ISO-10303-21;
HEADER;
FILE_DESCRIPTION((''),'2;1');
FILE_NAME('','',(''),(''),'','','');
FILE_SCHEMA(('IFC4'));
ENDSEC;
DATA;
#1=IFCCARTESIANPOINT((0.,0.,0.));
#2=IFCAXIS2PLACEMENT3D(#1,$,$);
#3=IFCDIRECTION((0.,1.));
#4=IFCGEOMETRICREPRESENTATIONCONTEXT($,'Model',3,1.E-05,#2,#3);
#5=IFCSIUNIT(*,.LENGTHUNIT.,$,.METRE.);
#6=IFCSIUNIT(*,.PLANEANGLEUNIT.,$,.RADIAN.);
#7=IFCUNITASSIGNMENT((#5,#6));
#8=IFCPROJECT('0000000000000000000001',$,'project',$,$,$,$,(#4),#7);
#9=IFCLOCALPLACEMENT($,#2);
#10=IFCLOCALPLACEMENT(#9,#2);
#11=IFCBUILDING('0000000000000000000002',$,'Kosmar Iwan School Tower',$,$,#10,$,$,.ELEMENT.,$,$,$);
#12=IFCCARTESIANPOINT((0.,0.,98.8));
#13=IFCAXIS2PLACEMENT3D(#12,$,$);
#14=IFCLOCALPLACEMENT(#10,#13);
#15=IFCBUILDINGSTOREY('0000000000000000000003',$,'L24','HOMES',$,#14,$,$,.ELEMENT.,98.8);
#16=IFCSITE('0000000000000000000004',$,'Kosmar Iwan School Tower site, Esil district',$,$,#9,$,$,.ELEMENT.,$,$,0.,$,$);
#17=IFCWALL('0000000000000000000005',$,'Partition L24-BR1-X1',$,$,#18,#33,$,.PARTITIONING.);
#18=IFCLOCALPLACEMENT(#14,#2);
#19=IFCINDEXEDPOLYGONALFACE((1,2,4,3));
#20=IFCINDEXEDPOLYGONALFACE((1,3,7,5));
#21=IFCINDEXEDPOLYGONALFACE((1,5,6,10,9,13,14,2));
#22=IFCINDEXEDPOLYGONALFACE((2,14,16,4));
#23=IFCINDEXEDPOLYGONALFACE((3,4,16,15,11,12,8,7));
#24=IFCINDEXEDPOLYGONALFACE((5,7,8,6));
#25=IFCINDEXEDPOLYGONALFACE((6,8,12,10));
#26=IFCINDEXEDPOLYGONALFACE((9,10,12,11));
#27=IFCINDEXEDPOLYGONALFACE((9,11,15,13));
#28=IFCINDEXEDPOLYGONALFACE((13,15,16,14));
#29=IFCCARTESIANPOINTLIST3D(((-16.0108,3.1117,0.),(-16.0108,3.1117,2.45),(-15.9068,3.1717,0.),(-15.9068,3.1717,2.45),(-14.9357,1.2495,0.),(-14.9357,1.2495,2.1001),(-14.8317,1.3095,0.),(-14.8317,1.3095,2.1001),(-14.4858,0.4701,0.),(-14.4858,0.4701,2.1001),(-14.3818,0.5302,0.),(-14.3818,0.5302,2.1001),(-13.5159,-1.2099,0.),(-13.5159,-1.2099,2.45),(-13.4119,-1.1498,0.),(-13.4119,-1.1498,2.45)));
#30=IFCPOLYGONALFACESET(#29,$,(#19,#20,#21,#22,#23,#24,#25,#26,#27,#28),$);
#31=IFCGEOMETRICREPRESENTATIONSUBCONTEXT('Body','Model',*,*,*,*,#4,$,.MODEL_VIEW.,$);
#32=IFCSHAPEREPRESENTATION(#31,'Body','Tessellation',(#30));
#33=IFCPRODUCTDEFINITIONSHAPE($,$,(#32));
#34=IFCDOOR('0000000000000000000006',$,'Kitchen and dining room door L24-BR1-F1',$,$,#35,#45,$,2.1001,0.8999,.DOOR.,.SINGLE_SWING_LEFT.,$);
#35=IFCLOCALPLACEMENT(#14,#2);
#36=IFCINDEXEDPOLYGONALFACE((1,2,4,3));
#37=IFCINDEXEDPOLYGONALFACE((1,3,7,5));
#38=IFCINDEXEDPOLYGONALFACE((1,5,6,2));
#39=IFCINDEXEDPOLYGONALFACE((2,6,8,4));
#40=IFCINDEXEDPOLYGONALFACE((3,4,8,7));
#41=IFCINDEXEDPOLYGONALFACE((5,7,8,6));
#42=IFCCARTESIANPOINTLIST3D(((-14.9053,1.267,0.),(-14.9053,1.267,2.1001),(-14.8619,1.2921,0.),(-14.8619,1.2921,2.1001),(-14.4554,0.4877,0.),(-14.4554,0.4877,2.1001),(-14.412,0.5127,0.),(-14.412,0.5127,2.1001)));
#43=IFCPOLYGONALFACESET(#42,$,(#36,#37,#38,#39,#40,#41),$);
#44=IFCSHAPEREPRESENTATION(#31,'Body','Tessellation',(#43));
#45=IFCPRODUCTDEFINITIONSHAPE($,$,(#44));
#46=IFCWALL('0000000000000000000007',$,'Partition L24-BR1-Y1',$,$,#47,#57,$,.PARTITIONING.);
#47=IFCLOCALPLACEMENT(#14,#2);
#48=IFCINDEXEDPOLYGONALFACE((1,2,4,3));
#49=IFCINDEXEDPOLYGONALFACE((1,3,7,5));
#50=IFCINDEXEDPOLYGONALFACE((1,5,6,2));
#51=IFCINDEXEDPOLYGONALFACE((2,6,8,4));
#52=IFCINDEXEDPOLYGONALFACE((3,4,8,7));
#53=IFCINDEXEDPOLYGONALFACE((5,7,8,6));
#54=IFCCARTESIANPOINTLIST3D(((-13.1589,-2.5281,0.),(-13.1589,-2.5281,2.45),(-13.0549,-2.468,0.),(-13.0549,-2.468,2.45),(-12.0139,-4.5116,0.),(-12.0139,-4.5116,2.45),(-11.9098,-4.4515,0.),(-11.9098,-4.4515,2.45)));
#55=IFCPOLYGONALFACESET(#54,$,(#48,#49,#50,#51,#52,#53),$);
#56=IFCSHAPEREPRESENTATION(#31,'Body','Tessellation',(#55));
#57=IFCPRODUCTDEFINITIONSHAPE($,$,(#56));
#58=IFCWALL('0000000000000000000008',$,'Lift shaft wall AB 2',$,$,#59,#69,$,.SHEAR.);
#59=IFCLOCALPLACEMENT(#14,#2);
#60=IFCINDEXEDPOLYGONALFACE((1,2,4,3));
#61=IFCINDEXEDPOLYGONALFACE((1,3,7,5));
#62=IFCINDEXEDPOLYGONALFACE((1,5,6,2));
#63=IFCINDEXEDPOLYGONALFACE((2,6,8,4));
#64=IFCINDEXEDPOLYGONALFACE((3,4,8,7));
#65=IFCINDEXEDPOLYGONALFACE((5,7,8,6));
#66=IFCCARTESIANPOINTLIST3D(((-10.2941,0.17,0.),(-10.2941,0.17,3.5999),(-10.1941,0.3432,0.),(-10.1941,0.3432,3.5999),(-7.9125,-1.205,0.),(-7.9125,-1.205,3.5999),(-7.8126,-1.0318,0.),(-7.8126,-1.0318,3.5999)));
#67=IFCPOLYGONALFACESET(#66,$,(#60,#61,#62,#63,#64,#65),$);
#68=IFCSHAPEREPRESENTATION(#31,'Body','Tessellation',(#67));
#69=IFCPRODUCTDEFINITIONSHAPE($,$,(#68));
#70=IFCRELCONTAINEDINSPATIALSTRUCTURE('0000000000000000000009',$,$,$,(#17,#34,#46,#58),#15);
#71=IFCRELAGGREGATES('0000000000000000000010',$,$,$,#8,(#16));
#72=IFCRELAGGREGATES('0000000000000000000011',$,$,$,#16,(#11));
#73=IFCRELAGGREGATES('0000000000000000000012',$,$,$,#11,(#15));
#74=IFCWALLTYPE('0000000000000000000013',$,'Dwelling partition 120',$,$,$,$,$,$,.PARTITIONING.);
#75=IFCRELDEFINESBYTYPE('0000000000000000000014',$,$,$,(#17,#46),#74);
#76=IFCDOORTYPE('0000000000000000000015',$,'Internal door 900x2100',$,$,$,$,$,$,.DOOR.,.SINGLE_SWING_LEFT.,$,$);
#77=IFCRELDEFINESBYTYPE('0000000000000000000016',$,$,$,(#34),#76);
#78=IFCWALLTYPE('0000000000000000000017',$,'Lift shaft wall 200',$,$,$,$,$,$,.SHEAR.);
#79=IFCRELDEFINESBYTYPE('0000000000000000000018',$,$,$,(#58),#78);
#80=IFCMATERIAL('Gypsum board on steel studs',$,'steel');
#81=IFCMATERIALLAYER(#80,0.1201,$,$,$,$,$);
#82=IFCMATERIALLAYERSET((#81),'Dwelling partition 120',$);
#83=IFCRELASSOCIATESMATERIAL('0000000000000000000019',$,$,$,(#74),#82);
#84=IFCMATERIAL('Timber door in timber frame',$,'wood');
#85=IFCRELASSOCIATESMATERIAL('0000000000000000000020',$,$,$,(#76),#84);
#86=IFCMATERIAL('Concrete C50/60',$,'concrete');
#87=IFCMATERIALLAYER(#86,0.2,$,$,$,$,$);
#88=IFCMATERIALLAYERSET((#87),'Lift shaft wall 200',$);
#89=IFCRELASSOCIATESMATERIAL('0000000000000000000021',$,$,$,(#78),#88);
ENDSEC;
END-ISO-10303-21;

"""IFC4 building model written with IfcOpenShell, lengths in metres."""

from ifc_helpers import new_model, si_unit, direction, frame, frame_2d, origin, place, context, subcontext, project, spatial, rectangle, extrude, material, layer, layer_set, type_object, element, fill, save


model = new_model("IFC4")

# Units and contexts
model_context = context("Model", 3, precision=1e-05, world=origin(), true_north=direction((0.0, 1.0)))
body_context = subcontext(model_context, "Body", "Model", "MODEL_VIEW")
ifc_project = project(units=[si_unit("LENGTHUNIT", "METRE"), si_unit("PLANEANGLEUNIT", "RADIAN")], contexts=[model_context])

# Site, building, storey
site_placement = place(None, origin())
site = spatial("IfcSite", under=ifc_project, at=site_placement, Name="Kosmar Iwan School Tower site, Esil district", CompositionType="ELEMENT", RefElevation=0.0)
building_placement = place(site_placement, origin())
building = spatial("IfcBuilding", under=site, at=building_placement, Name="Kosmar Iwan School Tower", CompositionType="ELEMENT")
storey_placement = place(building_placement, frame((0.0, 0.0, 98.8)))
storey = spatial("IfcBuildingStorey", under=building, at=storey_placement, Name="L24", Description="HOMES", CompositionType="ELEMENT", Elevation=98.8)

# Shared definitions
ifc_material_1 = material(Name="Gypsum board on steel studs", Category="steel")
ifc_layer_1 = layer(ifc_material_1, 0.1201)
ifc_layer_set_1 = layer_set([ifc_layer_1], Name="Dwelling partition 120")
wall_type_1 = type_object("IfcWallType", Name="Dwelling partition 120", PredefinedType="PARTITIONING", material=ifc_layer_set_1)
ifc_material_2 = material(Name="Timber door in timber frame", Category="wood")
door_type_1 = type_object("IfcDoorType", Name="Internal door 900x2100", OperationType="SINGLE_SWING_LEFT", PredefinedType="DOOR", material=ifc_material_2)

# Wall, opening, door
wall_1_placement = place(storey_placement, frame((-13.4639, -1.1799, 0.0), z_axis=(0.0, 0.0, 1.0), x_axis=(-0.499975, 0.86604, 0.0)))
wall_1 = element("IfcWall", 1, at=wall_1_placement, inside=storey, type_object=wall_type_1, Name="Partition L24-BR1-X1", PredefinedType="PARTITIONING", context=body_context, shape_type="SweptSolid", body=[
    extrude(rectangle(XDim=4.99, YDim=0.1201, at=frame_2d((2.4951, 0.0))), origin(), (0.0, 0.0, 1.0), 2.45),
])
opening_1_placement = place(wall_1_placement, frame((1.9399, 0.0, 0.0)))
opening_1 = element("IfcOpeningElement", 2, at=opening_1_placement, cuts=wall_1, PredefinedType="OPENING", context=body_context, shape_type="SweptSolid", body=[
    extrude(rectangle(XDim=0.8999, YDim=2.1001, at=frame_2d((0.45, 1.05))), frame((0.0, 0.072, 0.0), z_axis=(0.0, -1.0, 0.0), x_axis=(1.0, 0.0, 0.0)), (0.0, 0.0, 1.0), 0.144),
])
door_1_placement = place(opening_1_placement, origin())
door_1 = element("IfcDoor", 3, at=door_1_placement, inside=storey, type_object=door_type_1, Name="Kitchen and dining room door L24-BR1-F1", OperationType="SINGLE_SWING_LEFT", OverallHeight=2.1001, OverallWidth=0.8999, PredefinedType="DOOR", context=body_context, shape_type="SweptSolid", body=[
    extrude(rectangle(XDim=0.8999, YDim=2.1001, at=frame_2d((0.45, 1.05))), frame((0.0, 0.0249, 0.0), z_axis=(0.0, -1.0, 0.0), x_axis=(1.0, 0.0, 0.0)), (0.0, 0.0, 1.0), 0.05),
])
fill(opening_1, door_1)

# Walls
wall_2_placement = place(storey_placement, frame((-11.9619, -4.4814, 0.0), z_axis=(0.0, 0.0, 1.0), x_axis=(-0.499969, 0.866044, 0.0)))
element("IfcWall", 4, at=wall_2_placement, inside=storey, type_object=wall_type_1, Name="Partition L24-BR1-Y1", PredefinedType="PARTITIONING", context=body_context, shape_type="SweptSolid", body=[
    extrude(rectangle(XDim=2.2903, YDim=0.1201, at=frame_2d((1.145, 0.0))), origin(), (0.0, 0.0, 1.0), 2.45),
])
ifc_material_3 = material(Name="Concrete C50/60", Category="concrete")
ifc_layer_2 = layer(ifc_material_3, 0.2)
ifc_layer_set_2 = layer_set([ifc_layer_2], Name="Lift shaft wall 200")
wall_type_2 = type_object("IfcWallType", Name="Lift shaft wall 200", PredefinedType="SHEAR", material=ifc_layer_set_2)
wall_3_placement = place(storey_placement, frame((-7.8625, -1.1184, 0.0), z_axis=(0.0, 0.0, 1.0), x_axis=(-0.866027, 0.499997, 0.0)))
element("IfcWall", 5, at=wall_3_placement, inside=storey, type_object=wall_type_2, Name="Lift shaft wall AB 2", PredefinedType="SHEAR", context=body_context, shape_type="SweptSolid", body=[
    extrude(rectangle(XDim=2.75, YDim=0.2, at=frame_2d((1.375, 0.0))), origin(), (0.0, 0.0, 1.0), 3.5999),
])

save(model, "model.ifc")
